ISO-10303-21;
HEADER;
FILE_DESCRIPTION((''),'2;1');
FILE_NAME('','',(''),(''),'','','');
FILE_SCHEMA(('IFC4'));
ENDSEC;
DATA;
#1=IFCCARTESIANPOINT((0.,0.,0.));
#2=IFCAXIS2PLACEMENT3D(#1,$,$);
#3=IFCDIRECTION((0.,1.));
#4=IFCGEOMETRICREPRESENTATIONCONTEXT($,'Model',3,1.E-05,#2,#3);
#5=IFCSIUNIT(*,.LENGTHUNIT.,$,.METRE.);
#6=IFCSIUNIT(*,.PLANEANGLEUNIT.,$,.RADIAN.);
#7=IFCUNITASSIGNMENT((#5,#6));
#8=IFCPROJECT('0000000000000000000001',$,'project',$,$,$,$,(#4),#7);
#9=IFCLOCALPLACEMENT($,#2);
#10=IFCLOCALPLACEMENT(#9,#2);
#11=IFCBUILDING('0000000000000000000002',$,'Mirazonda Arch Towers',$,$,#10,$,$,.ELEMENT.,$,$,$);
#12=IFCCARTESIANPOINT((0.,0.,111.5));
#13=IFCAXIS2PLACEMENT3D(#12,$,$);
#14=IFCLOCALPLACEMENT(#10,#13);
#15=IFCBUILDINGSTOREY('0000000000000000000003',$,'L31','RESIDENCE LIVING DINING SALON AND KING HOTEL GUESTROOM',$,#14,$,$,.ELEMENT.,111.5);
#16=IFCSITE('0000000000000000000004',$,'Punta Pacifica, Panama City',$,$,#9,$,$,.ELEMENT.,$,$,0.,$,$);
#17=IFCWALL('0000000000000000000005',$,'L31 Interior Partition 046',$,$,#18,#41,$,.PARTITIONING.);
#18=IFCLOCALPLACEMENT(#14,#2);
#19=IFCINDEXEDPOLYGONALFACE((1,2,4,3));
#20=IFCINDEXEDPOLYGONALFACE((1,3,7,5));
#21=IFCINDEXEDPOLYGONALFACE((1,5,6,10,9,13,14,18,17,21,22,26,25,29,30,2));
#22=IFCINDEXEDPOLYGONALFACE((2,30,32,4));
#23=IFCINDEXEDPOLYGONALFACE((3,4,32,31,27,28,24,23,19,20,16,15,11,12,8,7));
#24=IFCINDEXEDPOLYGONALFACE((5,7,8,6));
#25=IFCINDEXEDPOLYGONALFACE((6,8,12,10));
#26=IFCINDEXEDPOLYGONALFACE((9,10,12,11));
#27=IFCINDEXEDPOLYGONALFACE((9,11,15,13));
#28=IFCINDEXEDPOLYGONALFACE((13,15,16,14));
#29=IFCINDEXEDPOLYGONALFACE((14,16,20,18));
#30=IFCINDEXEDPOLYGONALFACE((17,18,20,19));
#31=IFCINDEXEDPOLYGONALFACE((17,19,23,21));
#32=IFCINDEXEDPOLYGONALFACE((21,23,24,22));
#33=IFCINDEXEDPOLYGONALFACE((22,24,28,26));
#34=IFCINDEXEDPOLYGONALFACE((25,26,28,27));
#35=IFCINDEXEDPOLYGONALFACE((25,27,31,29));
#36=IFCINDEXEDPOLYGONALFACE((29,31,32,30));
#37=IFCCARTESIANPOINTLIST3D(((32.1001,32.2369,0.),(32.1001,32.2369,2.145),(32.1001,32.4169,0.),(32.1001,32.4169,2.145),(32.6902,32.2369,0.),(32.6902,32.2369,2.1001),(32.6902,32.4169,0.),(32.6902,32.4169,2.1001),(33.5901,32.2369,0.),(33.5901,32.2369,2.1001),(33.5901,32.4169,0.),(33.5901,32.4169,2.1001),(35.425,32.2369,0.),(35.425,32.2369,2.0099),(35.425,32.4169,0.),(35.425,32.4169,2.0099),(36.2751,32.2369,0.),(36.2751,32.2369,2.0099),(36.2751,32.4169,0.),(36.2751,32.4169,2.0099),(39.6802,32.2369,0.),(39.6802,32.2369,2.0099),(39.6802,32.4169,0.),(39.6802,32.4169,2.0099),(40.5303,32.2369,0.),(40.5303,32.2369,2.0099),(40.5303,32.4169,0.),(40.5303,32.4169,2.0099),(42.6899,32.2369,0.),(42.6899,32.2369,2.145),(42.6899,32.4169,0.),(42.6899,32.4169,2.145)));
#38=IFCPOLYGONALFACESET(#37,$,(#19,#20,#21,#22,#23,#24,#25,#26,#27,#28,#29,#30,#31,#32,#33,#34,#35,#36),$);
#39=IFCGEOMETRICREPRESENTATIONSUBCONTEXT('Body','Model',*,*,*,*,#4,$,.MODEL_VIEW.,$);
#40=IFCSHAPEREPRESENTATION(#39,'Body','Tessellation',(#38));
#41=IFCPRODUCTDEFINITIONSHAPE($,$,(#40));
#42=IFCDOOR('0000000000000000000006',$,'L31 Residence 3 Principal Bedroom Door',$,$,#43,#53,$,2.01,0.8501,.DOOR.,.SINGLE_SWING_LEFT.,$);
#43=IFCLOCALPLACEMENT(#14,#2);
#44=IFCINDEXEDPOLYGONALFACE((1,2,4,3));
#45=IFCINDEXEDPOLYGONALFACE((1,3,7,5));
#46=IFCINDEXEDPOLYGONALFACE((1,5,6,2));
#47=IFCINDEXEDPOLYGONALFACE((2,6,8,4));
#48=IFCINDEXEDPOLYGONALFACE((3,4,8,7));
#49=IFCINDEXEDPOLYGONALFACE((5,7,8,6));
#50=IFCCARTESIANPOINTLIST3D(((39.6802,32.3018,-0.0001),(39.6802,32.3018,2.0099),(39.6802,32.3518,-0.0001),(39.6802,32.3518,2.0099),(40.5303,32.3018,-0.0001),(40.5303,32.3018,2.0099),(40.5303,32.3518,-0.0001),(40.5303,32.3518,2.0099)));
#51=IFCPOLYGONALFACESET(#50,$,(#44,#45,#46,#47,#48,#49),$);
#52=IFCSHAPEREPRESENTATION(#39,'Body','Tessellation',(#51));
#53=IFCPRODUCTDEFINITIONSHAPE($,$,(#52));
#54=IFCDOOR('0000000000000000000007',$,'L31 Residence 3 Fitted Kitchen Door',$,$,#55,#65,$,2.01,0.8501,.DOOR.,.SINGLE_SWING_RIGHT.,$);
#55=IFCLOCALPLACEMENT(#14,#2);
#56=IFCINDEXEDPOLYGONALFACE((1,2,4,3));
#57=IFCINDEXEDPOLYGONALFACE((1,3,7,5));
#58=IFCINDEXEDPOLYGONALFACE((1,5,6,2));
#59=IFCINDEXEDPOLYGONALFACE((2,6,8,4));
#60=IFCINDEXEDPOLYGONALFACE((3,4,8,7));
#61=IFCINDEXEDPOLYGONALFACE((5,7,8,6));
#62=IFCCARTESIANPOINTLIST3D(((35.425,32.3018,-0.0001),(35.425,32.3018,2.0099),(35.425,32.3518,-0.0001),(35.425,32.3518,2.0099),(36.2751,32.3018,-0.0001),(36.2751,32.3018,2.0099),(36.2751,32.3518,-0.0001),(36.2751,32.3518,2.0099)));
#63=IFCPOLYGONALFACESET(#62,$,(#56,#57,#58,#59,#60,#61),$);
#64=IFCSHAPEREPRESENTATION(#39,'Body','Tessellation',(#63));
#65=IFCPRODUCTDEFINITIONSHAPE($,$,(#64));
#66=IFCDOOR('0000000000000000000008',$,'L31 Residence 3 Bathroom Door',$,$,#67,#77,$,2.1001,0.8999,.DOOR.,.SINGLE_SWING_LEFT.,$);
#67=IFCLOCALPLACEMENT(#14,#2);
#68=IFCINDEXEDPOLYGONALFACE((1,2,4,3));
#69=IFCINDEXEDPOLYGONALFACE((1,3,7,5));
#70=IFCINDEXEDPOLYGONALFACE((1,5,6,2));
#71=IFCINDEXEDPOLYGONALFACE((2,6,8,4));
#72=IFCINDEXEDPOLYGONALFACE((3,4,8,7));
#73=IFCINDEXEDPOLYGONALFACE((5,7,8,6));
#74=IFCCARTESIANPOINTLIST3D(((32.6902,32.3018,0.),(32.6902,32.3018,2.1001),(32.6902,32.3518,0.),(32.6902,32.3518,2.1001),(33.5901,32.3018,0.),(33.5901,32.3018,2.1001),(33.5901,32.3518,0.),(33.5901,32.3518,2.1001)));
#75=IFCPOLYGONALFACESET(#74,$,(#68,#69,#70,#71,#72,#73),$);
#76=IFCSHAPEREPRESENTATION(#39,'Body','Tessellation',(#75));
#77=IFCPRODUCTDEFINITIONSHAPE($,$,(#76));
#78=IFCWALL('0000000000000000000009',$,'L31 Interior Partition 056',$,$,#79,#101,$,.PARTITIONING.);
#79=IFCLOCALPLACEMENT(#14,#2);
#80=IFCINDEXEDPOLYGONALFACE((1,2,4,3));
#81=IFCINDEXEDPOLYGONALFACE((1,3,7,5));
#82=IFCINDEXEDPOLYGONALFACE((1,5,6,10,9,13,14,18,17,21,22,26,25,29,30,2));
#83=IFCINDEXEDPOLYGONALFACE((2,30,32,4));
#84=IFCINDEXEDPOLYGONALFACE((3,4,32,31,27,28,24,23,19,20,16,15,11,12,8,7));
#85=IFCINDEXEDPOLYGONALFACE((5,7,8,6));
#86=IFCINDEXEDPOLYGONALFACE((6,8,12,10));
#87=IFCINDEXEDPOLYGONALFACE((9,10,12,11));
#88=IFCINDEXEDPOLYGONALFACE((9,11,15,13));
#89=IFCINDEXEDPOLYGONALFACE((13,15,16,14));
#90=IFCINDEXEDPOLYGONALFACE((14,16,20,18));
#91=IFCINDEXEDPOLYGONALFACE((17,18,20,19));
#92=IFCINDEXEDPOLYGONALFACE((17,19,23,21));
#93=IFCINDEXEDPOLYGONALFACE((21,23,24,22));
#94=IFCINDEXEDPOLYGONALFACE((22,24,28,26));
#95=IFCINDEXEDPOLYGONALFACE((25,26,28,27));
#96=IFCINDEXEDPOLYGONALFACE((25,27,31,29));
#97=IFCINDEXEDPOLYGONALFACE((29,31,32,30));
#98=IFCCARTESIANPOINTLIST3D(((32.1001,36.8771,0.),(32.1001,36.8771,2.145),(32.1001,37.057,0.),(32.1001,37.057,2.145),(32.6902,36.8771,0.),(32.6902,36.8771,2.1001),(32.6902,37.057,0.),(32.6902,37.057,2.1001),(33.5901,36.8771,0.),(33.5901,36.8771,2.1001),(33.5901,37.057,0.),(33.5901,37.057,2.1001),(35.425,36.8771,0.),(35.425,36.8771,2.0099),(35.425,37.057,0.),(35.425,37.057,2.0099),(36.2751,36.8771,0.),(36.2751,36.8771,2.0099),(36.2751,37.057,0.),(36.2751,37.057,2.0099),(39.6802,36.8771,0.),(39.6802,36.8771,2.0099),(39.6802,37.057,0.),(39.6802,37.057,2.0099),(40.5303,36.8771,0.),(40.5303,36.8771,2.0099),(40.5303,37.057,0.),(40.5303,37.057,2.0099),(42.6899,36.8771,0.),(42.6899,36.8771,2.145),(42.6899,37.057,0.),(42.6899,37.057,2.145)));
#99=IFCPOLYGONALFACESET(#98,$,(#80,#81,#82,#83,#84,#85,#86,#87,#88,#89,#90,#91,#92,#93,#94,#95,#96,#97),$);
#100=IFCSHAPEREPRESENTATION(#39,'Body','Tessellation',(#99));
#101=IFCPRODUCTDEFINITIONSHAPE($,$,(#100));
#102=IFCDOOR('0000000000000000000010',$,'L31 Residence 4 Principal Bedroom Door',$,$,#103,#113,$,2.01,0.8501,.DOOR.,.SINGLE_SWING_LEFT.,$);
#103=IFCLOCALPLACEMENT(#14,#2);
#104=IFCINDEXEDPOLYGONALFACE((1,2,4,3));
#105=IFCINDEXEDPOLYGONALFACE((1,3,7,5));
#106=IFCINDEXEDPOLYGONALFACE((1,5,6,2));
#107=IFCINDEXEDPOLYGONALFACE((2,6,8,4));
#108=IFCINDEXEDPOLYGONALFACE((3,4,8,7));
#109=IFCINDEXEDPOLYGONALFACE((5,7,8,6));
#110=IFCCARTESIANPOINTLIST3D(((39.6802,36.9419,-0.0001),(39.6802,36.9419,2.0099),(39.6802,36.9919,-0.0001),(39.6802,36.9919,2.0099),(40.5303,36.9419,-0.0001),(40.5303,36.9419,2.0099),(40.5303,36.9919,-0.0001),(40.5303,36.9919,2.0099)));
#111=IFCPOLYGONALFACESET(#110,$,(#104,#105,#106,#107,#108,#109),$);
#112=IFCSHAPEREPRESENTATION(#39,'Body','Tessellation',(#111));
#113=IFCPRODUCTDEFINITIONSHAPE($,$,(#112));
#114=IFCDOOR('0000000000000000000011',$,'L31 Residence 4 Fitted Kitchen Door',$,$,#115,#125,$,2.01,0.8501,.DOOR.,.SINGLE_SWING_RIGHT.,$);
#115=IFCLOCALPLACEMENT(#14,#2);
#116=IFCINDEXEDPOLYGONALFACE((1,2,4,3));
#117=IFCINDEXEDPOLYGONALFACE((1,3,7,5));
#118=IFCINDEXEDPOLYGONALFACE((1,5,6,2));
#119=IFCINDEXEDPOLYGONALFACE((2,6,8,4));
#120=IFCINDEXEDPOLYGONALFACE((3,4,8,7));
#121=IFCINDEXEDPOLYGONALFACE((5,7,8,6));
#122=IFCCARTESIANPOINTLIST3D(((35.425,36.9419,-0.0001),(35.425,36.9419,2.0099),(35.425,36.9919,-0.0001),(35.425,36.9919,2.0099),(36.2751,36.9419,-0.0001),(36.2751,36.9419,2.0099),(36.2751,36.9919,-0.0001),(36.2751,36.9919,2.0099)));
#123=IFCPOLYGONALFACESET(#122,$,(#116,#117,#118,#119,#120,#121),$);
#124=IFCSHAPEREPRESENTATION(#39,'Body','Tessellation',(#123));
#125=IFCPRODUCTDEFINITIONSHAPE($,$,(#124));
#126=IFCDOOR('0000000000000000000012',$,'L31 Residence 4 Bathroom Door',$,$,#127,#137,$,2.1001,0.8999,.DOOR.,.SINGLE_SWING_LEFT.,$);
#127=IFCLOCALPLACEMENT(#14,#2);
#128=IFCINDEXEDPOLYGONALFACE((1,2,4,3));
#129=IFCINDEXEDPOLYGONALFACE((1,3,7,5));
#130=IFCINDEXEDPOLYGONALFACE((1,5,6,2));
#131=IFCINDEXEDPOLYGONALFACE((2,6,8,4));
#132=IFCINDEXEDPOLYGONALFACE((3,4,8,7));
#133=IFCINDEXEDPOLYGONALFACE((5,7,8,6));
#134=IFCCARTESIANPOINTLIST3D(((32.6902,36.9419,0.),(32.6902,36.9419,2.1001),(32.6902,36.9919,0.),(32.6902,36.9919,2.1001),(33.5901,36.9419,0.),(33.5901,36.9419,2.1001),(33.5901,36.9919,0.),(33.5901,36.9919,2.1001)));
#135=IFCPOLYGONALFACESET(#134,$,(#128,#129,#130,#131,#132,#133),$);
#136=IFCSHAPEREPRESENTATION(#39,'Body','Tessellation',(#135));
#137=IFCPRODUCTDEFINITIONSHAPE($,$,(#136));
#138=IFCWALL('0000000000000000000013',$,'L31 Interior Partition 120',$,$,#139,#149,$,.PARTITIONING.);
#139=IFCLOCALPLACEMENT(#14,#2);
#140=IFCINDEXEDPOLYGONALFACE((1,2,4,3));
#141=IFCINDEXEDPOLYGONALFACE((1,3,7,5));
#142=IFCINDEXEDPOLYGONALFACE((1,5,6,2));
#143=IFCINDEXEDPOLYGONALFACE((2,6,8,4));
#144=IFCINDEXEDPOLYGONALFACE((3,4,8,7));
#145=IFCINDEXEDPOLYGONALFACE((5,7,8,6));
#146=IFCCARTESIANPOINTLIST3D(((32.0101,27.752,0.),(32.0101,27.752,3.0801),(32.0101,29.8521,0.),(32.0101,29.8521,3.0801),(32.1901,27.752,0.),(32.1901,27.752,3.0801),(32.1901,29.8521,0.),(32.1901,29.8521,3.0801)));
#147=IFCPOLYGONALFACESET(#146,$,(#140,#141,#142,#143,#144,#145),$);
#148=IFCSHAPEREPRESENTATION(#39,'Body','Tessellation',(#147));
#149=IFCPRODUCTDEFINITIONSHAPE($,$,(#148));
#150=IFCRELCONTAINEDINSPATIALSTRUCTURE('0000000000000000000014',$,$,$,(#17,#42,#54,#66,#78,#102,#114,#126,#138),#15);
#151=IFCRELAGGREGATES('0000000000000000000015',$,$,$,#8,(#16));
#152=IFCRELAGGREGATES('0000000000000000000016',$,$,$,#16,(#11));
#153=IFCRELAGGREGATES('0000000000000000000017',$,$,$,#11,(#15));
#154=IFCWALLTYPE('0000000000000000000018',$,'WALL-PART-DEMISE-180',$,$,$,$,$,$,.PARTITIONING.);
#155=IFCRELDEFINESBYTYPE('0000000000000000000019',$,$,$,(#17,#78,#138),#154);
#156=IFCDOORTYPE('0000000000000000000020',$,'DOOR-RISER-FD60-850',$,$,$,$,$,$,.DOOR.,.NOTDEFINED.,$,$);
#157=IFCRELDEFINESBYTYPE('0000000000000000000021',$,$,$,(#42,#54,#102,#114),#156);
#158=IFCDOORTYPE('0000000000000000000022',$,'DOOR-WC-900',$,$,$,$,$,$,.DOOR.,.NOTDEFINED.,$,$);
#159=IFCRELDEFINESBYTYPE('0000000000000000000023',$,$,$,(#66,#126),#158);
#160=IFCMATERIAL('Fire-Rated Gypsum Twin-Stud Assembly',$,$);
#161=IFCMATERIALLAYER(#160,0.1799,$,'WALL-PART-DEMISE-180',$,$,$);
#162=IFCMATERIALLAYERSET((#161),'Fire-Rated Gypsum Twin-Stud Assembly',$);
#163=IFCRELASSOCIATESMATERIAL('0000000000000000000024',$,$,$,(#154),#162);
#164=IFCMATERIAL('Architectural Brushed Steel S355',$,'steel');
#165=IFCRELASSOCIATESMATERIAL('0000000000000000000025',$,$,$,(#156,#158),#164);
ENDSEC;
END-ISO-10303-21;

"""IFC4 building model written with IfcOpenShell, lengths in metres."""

from ifc_helpers import new_model, si_unit, direction, frame, frame_2d, origin, place, context, subcontext, project, spatial, rectangle, extrude, material, layer, layer_set, type_object, element, fill, save


model = new_model("IFC4")

# Units and contexts
model_context = context("Model", 3, precision=1e-05, world=origin(), true_north=direction((0.0, 1.0)))
body_context = subcontext(model_context, "Body", "Model", "MODEL_VIEW")
ifc_project = project(units=[si_unit("LENGTHUNIT", "METRE"), si_unit("PLANEANGLEUNIT", "RADIAN")], contexts=[model_context])

# Site, building, storey
site_placement = place(None, origin())
site = spatial("IfcSite", under=ifc_project, at=site_placement, Name="Punta Pacifica, Panama City", CompositionType="ELEMENT", RefElevation=0.0)
building_placement = place(site_placement, origin())
building = spatial("IfcBuilding", under=site, at=building_placement, Name="Mirazonda Arch Towers", CompositionType="ELEMENT")
storey_placement = place(building_placement, frame((0.0, 0.0, 111.5)))
storey = spatial("IfcBuildingStorey", under=building, at=storey_placement, Name="L31", Description="RESIDENCE LIVING DINING SALON AND KING HOTEL GUESTROOM", CompositionType="ELEMENT", Elevation=111.5)

# Shared definitions
ifc_material_1 = material(Name="Fire-Rated Gypsum Twin-Stud Assembly")
ifc_layer_1 = layer(ifc_material_1, 0.1799, Name="WALL-PART-DEMISE-180")
ifc_layer_set_1 = layer_set([ifc_layer_1], Name="Fire-Rated Gypsum Twin-Stud Assembly")
wall_type_1 = type_object("IfcWallType", Name="WALL-PART-DEMISE-180", PredefinedType="PARTITIONING", material=ifc_layer_set_1)
ifc_material_2 = material(Name="Architectural Brushed Steel S355", Category="steel")
door_type_1 = type_object("IfcDoorType", Name="DOOR-RISER-FD60-850", OperationType="NOTDEFINED", PredefinedType="DOOR", material=ifc_material_2)
door_type_2 = type_object("IfcDoorType", Name="DOOR-WC-900", OperationType="NOTDEFINED", PredefinedType="DOOR", material=ifc_material_2)

# Walls, openings, doors
wall_1_placement = place(storey_placement, frame((32.1001, 32.3269, 0.0), z_axis=(0.0, 0.0, 1.0), x_axis=(1.0, 0.0, 0.0)))
wall_1 = element("IfcWall", 1, at=wall_1_placement, inside=storey, type_object=wall_type_1, Name="L31 Interior Partition 046", PredefinedType="PARTITIONING", context=body_context, shape_type="SweptSolid", body=[
    extrude(rectangle(XDim=10.5898, YDim=0.1799, at=frame_2d((5.2949, 0.0))), origin(), (0.0, 0.0, 1.0), 2.145),
])
opening_1_placement = place(wall_1_placement, frame((7.5801, 0.0, 0.0)))
opening_1 = element("IfcOpeningElement", 2, at=opening_1_placement, cuts=wall_1, PredefinedType="OPENING", context=body_context, shape_type="SweptSolid", body=[
    extrude(rectangle(XDim=0.8501, YDim=2.01, at=frame_2d((0.425, 1.0049))), frame((0.0, 0.0999, 0.0), z_axis=(0.0, -1.0, 0.0), x_axis=(1.0, 0.0, 0.0)), (0.0, 0.0, 1.0), 0.2),
])
opening_2_placement = place(wall_1_placement, frame((3.325, 0.0, 0.0)))
opening_2 = element("IfcOpeningElement", 3, at=opening_2_placement, cuts=wall_1, PredefinedType="OPENING", context=body_context, shape_type="SweptSolid", body=[
    extrude(rectangle(XDim=0.8501, YDim=2.01, at=frame_2d((0.425, 1.0049))), frame((0.0, 0.0999, 0.0), z_axis=(0.0, -1.0, 0.0), x_axis=(1.0, 0.0, 0.0)), (0.0, 0.0, 1.0), 0.2),
])
opening_3_placement = place(wall_1_placement, frame((0.5901, 0.0, 0.0)))
opening_3 = element("IfcOpeningElement", 4, at=opening_3_placement, cuts=wall_1, PredefinedType="OPENING", context=body_context, shape_type="SweptSolid", body=[
    extrude(rectangle(XDim=0.8999, YDim=2.1001, at=frame_2d((0.45, 1.05))), frame((0.0, 0.0999, 0.0), z_axis=(0.0, -1.0, 0.0), x_axis=(1.0, 0.0, 0.0)), (0.0, 0.0, 1.0), 0.2),
])
door_1_placement = place(opening_1_placement, origin())
door_1 = element("IfcDoor", 5, at=door_1_placement, inside=storey, type_object=door_type_1, Name="L31 Residence 3 Principal Bedroom Door", OperationType="SINGLE_SWING_LEFT", OverallHeight=2.01, OverallWidth=0.8501, PredefinedType="DOOR", context=body_context, shape_type="SweptSolid", body=[
    extrude(rectangle(XDim=0.8501, YDim=2.01, at=frame_2d((0.425, 1.0049))), frame((0.0, 0.0249, 0.0), z_axis=(0.0, -1.0, 0.0), x_axis=(1.0, 0.0, 0.0)), (0.0, 0.0, 1.0), 0.05),
])
fill(opening_1, door_1)
door_2_placement = place(opening_2_placement, origin())
door_2 = element("IfcDoor", 6, at=door_2_placement, inside=storey, type_object=door_type_1, Name="L31 Residence 3 Fitted Kitchen Door", OperationType="SINGLE_SWING_RIGHT", OverallHeight=2.01, OverallWidth=0.8501, PredefinedType="DOOR", context=body_context, shape_type="SweptSolid", body=[
    extrude(rectangle(XDim=0.8501, YDim=2.01, at=frame_2d((0.425, 1.0049))), frame((0.0, 0.0249, 0.0), z_axis=(0.0, -1.0, 0.0), x_axis=(1.0, 0.0, 0.0)), (0.0, 0.0, 1.0), 0.05),
])
fill(opening_2, door_2)
door_3_placement = place(opening_3_placement, origin())
door_3 = element("IfcDoor", 7, at=door_3_placement, inside=storey, type_object=door_type_2, Name="L31 Residence 3 Bathroom Door", OperationType="SINGLE_SWING_LEFT", OverallHeight=2.1001, OverallWidth=0.8999, PredefinedType="DOOR", context=body_context, shape_type="SweptSolid", body=[
    extrude(rectangle(XDim=0.8999, YDim=2.1001, at=frame_2d((0.45, 1.05))), frame((0.0, 0.0249, 0.0), z_axis=(0.0, -1.0, 0.0), x_axis=(1.0, 0.0, 0.0)), (0.0, 0.0, 1.0), 0.05),
])
fill(opening_3, door_3)
wall_2_placement = place(storey_placement, frame((32.1001, 36.967, 0.0), z_axis=(0.0, 0.0, 1.0), x_axis=(1.0, 0.0, 0.0)))
wall_2 = element("IfcWall", 8, at=wall_2_placement, inside=storey, type_object=wall_type_1, Name="L31 Interior Partition 056", PredefinedType="PARTITIONING", context=body_context, shape_type="SweptSolid", body=[
    extrude(rectangle(XDim=10.5898, YDim=0.1799, at=frame_2d((5.2949, 0.0))), origin(), (0.0, 0.0, 1.0), 2.145),
])
opening_4_placement = place(wall_2_placement, frame((7.5801, 0.0, 0.0)))
opening_4 = element("IfcOpeningElement", 9, at=opening_4_placement, cuts=wall_2, PredefinedType="OPENING", context=body_context, shape_type="SweptSolid", body=[
    extrude(rectangle(XDim=0.8501, YDim=2.01, at=frame_2d((0.425, 1.0049))), frame((0.0, 0.0999, 0.0), z_axis=(0.0, -1.0, 0.0), x_axis=(1.0, 0.0, 0.0)), (0.0, 0.0, 1.0), 0.2),
])
opening_5_placement = place(wall_2_placement, frame((3.325, 0.0, 0.0)))
opening_5 = element("IfcOpeningElement", 10, at=opening_5_placement, cuts=wall_2, PredefinedType="OPENING", context=body_context, shape_type="SweptSolid", body=[
    extrude(rectangle(XDim=0.8501, YDim=2.01, at=frame_2d((0.425, 1.0049))), frame((0.0, 0.0999, 0.0), z_axis=(0.0, -1.0, 0.0), x_axis=(1.0, 0.0, 0.0)), (0.0, 0.0, 1.0), 0.2),
])
opening_6_placement = place(wall_2_placement, frame((0.5901, 0.0, 0.0)))
opening_6 = element("IfcOpeningElement", 11, at=opening_6_placement, cuts=wall_2, PredefinedType="OPENING", context=body_context, shape_type="SweptSolid", body=[
    extrude(rectangle(XDim=0.8999, YDim=2.1001, at=frame_2d((0.45, 1.05))), frame((0.0, 0.0999, 0.0), z_axis=(0.0, -1.0, 0.0), x_axis=(1.0, 0.0, 0.0)), (0.0, 0.0, 1.0), 0.2),
])
door_4_placement = place(opening_4_placement, origin())
door_4 = element("IfcDoor", 12, at=door_4_placement, inside=storey, type_object=door_type_1, Name="L31 Residence 4 Principal Bedroom Door", OperationType="SINGLE_SWING_LEFT", OverallHeight=2.01, OverallWidth=0.8501, PredefinedType="DOOR", context=body_context, shape_type="SweptSolid", body=[
    extrude(rectangle(XDim=0.8501, YDim=2.01, at=frame_2d((0.425, 1.0049))), frame((0.0, 0.0249, 0.0), z_axis=(0.0, -1.0, 0.0), x_axis=(1.0, 0.0, 0.0)), (0.0, 0.0, 1.0), 0.05),
])
fill(opening_4, door_4)
door_5_placement = place(opening_5_placement, origin())
door_5 = element("IfcDoor", 13, at=door_5_placement, inside=storey, type_object=door_type_1, Name="L31 Residence 4 Fitted Kitchen Door", OperationType="SINGLE_SWING_RIGHT", OverallHeight=2.01, OverallWidth=0.8501, PredefinedType="DOOR", context=body_context, shape_type="SweptSolid", body=[
    extrude(rectangle(XDim=0.8501, YDim=2.01, at=frame_2d((0.425, 1.0049))), frame((0.0, 0.0249, 0.0), z_axis=(0.0, -1.0, 0.0), x_axis=(1.0, 0.0, 0.0)), (0.0, 0.0, 1.0), 0.05),
])
fill(opening_5, door_5)
door_6_placement = place(opening_6_placement, origin())
door_6 = element("IfcDoor", 14, at=door_6_placement, inside=storey, type_object=door_type_2, Name="L31 Residence 4 Bathroom Door", OperationType="SINGLE_SWING_LEFT", OverallHeight=2.1001, OverallWidth=0.8999, PredefinedType="DOOR", context=body_context, shape_type="SweptSolid", body=[
    extrude(rectangle(XDim=0.8999, YDim=2.1001, at=frame_2d((0.45, 1.05))), frame((0.0, 0.0249, 0.0), z_axis=(0.0, -1.0, 0.0), x_axis=(1.0, 0.0, 0.0)), (0.0, 0.0, 1.0), 0.05),
])
fill(opening_6, door_6)

# Wall
wall_3_placement = place(storey_placement, frame((32.1001, 27.752, 0.0), z_axis=(0.0, 0.0, 1.0), x_axis=(0.0, 1.0, 0.0)))
element("IfcWall", 15, at=wall_3_placement, inside=storey, type_object=wall_type_1, Name="L31 Interior Partition 120", PredefinedType="PARTITIONING", context=body_context, shape_type="SweptSolid", body=[
    extrude(rectangle(XDim=2.1001, YDim=0.1799, at=frame_2d((1.05, 0.0))), origin(), (0.0, 0.0, 1.0), 3.0801),
])

save(model, "model.ifc")
